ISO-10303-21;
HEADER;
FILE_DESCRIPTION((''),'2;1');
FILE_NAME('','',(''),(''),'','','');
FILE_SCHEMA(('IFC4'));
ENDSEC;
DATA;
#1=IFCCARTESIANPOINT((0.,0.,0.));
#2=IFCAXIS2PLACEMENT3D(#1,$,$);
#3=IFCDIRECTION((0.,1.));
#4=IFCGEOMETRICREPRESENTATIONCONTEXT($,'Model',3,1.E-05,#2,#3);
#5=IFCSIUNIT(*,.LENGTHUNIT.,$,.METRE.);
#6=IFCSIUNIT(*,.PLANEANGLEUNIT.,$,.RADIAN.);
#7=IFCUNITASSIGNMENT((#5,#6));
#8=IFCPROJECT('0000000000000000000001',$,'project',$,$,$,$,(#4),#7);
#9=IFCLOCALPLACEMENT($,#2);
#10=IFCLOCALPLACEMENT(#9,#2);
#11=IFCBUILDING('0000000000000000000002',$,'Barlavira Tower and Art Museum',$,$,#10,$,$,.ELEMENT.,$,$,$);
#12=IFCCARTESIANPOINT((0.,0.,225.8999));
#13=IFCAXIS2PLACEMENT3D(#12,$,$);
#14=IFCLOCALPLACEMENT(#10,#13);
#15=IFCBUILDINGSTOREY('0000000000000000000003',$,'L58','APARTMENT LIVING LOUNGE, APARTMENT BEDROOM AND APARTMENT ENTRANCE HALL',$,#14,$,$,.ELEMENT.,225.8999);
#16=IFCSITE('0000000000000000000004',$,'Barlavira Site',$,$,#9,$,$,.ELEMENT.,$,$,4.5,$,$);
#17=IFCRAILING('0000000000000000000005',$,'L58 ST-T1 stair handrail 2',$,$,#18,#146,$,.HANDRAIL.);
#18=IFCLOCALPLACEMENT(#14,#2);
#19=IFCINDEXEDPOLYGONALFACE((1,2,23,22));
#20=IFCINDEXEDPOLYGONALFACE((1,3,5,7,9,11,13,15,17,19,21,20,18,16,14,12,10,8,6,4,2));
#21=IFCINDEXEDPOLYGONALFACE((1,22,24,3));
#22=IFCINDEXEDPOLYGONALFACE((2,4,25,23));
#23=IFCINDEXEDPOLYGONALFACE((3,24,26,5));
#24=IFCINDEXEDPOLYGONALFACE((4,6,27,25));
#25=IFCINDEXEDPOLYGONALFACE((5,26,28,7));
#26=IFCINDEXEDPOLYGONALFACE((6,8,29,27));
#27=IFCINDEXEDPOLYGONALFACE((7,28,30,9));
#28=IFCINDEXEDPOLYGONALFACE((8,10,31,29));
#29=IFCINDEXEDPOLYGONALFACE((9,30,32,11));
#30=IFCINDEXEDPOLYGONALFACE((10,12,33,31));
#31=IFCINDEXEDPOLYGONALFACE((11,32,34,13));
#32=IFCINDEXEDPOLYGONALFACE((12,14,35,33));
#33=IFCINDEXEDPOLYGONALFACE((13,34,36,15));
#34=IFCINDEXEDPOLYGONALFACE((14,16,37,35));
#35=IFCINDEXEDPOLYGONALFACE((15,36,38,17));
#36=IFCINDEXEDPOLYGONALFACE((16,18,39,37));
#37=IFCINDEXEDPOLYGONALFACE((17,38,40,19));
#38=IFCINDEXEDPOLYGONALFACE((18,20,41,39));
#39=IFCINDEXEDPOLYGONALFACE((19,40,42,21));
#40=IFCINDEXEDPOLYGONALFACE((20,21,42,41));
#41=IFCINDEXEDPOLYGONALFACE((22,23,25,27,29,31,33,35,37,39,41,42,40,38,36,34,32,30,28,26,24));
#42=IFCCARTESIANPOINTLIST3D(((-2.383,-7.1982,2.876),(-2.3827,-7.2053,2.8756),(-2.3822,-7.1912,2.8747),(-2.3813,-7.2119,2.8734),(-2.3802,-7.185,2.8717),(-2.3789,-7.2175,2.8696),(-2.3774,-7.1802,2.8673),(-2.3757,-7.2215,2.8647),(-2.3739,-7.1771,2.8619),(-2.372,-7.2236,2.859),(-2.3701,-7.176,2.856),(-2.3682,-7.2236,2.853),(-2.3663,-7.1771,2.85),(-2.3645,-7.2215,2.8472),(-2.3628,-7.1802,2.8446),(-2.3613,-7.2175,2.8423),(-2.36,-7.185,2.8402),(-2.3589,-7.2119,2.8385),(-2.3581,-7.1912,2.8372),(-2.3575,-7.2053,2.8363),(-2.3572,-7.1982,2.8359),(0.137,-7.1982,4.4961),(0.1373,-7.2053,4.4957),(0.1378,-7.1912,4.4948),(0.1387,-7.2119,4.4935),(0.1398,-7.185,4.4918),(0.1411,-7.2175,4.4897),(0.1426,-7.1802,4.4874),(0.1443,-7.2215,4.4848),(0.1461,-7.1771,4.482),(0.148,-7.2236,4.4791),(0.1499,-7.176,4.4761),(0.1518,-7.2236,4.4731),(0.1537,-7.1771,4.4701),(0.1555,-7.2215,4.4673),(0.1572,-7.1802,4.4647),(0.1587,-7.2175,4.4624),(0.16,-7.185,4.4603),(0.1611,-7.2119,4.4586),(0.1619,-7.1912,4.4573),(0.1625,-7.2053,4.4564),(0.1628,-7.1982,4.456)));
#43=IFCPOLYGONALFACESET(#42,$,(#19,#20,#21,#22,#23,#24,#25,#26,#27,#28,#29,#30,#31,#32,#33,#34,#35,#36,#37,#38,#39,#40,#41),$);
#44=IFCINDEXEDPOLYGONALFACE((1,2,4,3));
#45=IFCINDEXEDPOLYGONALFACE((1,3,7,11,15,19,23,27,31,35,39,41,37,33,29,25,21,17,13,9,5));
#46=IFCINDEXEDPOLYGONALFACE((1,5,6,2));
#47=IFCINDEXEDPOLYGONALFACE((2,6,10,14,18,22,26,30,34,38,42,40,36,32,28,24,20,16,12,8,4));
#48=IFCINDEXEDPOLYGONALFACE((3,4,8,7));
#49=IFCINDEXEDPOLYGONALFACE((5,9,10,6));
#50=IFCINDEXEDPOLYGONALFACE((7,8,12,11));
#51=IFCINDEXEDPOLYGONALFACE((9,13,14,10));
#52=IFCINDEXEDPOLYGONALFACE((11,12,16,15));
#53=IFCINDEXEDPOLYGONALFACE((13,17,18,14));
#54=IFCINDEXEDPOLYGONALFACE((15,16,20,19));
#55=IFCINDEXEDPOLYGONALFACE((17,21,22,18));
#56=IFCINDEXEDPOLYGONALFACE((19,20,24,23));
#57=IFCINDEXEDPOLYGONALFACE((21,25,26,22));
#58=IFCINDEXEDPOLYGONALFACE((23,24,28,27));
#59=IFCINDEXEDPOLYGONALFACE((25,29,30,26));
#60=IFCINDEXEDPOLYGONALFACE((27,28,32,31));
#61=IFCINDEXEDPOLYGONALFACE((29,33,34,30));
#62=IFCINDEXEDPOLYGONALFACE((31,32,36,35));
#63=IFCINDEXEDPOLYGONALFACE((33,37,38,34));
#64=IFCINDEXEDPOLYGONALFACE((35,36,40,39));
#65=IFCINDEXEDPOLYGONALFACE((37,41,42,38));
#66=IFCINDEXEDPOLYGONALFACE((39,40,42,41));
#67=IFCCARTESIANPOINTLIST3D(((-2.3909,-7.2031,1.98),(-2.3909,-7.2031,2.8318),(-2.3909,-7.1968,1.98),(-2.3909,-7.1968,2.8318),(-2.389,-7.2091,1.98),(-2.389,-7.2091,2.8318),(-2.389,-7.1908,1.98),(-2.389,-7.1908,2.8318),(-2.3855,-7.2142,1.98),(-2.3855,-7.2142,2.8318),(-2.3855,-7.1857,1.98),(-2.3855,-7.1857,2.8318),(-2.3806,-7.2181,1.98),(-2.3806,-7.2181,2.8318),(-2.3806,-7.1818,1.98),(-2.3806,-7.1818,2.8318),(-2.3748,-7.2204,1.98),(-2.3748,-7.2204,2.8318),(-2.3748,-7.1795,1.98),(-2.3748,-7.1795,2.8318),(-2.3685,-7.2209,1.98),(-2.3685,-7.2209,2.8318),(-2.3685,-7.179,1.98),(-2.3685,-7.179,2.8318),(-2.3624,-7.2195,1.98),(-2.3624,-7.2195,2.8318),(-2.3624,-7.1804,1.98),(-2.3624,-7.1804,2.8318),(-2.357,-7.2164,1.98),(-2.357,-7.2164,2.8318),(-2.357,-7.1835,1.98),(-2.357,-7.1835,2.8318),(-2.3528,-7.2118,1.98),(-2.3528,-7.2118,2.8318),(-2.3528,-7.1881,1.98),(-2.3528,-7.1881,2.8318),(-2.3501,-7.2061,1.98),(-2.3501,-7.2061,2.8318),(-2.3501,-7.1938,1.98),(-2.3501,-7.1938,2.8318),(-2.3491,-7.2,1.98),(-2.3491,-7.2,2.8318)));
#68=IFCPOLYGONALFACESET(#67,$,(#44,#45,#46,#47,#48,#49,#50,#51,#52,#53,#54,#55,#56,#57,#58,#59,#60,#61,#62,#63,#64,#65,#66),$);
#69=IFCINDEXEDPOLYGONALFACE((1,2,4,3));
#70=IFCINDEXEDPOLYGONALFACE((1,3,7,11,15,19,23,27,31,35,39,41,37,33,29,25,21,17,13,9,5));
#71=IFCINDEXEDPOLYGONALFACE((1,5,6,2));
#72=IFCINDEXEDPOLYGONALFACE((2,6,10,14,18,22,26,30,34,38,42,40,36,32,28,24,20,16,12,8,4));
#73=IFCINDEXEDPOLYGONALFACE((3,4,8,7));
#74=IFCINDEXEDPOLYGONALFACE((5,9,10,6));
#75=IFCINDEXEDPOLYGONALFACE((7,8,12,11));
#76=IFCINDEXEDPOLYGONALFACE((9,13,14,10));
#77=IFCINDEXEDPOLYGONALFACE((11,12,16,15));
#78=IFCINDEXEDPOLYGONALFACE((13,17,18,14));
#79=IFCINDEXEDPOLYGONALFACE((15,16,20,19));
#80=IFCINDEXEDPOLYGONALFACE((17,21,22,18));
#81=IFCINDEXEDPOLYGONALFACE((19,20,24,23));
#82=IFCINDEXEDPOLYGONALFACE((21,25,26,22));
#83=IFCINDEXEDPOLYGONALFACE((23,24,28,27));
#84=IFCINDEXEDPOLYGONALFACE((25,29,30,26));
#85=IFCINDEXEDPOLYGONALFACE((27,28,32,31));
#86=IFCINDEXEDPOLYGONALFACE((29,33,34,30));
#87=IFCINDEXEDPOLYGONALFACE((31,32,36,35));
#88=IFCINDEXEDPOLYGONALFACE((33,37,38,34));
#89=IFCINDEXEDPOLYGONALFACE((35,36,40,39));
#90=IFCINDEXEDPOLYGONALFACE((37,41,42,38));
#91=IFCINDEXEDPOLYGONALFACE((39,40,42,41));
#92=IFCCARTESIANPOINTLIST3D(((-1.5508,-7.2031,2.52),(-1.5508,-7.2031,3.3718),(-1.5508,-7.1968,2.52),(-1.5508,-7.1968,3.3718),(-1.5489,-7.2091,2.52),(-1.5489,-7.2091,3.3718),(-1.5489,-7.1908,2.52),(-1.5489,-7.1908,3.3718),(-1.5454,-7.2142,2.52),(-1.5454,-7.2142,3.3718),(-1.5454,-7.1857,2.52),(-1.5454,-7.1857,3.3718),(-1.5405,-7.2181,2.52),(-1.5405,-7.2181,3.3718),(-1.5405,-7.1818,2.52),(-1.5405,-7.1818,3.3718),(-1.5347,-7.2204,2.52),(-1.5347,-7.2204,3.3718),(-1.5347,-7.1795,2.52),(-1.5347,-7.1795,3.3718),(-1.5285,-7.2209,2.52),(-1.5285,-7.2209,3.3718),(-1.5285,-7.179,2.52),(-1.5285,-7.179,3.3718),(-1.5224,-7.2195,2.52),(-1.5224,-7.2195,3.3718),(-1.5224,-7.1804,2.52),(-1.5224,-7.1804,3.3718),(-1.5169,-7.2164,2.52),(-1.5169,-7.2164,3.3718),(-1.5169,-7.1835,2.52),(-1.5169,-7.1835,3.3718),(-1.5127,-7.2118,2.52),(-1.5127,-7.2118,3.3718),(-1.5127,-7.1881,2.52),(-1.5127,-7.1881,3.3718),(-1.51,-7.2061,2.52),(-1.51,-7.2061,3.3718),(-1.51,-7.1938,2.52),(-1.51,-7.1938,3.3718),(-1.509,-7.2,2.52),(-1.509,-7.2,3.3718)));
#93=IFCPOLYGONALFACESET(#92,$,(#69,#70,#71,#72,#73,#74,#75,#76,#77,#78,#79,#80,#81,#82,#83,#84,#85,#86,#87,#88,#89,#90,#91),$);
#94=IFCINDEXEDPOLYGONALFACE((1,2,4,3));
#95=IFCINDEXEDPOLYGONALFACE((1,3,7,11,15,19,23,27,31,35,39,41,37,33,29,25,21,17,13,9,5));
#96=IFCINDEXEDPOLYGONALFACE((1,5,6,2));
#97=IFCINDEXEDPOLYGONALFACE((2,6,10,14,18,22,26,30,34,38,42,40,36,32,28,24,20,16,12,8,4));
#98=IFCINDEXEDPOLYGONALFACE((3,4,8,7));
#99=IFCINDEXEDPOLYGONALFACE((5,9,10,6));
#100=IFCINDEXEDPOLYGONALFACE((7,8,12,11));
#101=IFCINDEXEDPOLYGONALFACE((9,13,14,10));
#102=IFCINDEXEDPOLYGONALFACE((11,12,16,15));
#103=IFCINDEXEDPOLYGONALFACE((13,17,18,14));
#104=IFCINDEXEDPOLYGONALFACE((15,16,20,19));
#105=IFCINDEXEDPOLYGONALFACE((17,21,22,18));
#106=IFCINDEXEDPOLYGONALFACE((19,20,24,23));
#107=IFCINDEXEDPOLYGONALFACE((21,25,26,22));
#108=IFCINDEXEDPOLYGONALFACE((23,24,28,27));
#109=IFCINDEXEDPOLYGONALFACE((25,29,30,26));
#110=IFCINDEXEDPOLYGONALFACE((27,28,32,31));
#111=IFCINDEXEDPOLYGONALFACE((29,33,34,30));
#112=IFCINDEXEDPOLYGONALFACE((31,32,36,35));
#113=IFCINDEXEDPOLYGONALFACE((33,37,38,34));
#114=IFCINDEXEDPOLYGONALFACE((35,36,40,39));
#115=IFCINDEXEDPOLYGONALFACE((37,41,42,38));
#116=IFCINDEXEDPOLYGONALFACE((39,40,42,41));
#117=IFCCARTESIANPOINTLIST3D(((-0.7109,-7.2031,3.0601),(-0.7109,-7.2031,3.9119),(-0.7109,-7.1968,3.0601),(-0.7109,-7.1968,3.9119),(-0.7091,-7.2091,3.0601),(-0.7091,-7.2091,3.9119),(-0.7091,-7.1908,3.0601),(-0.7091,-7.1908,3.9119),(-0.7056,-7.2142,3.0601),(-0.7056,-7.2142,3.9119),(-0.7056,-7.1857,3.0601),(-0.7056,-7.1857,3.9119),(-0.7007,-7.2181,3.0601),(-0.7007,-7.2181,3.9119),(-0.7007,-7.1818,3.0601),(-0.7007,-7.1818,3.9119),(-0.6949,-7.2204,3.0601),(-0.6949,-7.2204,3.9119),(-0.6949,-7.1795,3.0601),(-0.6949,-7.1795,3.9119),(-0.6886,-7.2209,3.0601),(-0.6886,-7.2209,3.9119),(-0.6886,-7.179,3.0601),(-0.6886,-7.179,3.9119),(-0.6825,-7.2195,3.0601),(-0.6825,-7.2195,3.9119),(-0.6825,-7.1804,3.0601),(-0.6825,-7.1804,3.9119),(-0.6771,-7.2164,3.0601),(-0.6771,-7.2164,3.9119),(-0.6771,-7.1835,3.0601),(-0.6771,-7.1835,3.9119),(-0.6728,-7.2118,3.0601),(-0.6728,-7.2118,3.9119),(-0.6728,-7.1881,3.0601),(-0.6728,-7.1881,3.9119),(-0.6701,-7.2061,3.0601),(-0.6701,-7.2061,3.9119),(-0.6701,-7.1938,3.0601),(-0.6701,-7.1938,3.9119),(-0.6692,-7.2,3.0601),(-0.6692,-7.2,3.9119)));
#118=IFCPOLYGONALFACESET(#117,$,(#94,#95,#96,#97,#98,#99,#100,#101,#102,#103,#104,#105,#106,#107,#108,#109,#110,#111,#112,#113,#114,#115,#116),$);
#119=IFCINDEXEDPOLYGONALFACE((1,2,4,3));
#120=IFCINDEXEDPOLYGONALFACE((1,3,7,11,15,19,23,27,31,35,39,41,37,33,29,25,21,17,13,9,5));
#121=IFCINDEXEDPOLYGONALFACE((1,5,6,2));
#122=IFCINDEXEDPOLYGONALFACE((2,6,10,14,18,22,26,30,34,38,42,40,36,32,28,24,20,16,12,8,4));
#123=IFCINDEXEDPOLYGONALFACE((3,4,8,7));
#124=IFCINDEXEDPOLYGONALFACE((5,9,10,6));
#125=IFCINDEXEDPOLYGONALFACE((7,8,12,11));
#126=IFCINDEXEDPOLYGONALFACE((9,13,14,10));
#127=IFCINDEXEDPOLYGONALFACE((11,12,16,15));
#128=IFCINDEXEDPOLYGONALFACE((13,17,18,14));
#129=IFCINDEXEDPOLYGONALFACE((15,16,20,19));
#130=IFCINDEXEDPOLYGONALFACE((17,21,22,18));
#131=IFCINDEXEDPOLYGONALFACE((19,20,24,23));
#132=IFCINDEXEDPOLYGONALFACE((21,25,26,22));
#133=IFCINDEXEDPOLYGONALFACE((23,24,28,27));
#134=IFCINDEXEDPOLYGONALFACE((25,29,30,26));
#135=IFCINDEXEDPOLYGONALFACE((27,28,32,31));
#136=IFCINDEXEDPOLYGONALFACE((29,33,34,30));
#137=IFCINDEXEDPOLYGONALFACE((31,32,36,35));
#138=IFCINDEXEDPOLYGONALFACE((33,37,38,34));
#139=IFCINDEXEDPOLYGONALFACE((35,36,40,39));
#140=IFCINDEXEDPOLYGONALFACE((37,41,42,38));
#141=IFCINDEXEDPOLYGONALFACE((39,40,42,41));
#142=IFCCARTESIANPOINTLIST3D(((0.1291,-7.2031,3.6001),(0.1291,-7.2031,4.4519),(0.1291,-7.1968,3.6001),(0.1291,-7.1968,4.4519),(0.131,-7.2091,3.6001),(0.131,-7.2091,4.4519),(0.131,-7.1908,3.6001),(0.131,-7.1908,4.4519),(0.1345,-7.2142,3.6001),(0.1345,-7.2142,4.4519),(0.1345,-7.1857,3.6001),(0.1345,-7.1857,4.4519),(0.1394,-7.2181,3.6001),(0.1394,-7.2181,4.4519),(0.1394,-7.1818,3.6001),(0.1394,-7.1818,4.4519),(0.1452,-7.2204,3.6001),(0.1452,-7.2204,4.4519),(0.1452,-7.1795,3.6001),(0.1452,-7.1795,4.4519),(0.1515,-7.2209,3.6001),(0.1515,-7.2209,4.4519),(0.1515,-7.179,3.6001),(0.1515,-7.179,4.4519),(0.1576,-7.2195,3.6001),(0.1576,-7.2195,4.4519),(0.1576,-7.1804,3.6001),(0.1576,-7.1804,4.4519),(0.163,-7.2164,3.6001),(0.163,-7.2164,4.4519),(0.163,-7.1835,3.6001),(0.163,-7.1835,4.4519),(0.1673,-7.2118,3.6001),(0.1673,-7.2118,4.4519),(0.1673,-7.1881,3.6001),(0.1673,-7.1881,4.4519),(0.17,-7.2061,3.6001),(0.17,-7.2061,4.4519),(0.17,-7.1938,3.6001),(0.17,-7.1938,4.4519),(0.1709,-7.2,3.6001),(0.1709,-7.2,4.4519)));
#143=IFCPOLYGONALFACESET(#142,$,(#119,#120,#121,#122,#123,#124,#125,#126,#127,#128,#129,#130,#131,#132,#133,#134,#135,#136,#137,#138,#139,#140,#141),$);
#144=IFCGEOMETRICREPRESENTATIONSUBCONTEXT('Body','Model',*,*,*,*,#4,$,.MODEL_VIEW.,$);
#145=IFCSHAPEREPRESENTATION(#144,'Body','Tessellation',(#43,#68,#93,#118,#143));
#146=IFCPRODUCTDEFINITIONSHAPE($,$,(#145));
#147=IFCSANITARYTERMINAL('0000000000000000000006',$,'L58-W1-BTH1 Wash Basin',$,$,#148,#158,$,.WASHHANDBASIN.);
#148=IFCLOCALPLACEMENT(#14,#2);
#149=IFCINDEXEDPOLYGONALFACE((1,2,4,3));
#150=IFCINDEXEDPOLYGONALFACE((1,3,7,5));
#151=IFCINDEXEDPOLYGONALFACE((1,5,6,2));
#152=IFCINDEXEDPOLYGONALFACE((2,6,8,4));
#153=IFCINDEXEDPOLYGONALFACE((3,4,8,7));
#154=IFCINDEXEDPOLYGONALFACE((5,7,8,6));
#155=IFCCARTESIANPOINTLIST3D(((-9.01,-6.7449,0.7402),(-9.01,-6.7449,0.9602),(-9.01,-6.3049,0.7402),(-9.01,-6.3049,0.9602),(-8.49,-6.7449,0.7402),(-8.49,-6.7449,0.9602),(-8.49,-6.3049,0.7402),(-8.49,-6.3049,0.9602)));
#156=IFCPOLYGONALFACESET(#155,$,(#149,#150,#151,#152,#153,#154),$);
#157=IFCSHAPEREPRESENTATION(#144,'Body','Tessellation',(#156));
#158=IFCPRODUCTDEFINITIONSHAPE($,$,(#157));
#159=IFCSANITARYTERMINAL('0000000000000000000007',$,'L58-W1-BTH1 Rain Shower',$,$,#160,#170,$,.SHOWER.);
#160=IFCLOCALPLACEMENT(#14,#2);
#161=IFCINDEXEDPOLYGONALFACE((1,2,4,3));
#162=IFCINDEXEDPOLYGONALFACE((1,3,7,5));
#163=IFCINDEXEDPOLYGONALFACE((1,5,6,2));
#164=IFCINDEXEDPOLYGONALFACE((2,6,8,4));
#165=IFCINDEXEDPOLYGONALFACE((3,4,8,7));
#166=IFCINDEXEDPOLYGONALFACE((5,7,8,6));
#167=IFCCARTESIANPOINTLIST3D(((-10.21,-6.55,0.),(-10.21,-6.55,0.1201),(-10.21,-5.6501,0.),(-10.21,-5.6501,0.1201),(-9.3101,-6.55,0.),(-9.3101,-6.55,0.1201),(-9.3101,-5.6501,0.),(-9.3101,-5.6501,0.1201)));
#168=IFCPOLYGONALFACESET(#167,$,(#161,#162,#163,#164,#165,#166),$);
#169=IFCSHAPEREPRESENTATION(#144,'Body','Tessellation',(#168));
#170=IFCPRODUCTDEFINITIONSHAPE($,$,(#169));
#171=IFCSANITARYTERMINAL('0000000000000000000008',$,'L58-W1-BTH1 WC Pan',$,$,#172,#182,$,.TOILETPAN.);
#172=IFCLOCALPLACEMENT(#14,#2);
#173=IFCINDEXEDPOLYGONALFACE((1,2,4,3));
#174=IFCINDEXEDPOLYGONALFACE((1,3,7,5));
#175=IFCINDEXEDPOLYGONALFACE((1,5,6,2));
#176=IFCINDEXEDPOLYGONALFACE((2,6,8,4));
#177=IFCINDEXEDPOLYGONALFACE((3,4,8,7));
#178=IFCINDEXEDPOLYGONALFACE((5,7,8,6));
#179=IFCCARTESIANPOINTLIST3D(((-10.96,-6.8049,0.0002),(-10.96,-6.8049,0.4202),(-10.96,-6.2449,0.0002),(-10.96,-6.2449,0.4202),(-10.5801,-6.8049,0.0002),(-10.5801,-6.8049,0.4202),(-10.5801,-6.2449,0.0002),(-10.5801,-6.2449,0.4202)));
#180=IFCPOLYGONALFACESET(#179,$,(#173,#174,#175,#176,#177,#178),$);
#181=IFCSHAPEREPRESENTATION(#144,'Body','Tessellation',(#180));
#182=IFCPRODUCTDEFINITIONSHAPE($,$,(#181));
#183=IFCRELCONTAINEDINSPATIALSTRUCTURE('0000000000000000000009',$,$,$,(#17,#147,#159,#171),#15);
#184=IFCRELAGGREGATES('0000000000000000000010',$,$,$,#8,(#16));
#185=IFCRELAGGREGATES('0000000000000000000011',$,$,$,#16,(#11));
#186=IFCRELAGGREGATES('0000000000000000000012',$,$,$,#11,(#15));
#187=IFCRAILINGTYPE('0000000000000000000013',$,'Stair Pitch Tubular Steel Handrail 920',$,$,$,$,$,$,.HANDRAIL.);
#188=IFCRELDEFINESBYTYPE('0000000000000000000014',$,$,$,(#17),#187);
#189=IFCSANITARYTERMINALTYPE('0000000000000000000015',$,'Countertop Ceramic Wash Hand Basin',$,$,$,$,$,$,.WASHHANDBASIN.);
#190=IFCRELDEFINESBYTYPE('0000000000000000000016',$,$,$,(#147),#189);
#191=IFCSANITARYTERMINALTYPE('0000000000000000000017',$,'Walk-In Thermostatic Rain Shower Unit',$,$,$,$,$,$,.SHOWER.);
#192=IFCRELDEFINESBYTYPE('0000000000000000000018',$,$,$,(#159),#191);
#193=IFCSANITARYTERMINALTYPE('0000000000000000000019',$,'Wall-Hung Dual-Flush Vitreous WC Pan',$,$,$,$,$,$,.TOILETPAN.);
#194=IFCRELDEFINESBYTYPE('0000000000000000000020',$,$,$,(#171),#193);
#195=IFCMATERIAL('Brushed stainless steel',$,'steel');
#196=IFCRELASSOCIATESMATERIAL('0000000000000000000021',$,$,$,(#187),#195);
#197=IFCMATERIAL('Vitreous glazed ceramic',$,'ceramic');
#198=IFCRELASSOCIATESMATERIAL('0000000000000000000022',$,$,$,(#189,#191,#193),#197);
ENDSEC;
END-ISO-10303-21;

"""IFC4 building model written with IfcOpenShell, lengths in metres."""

from ifc_helpers import new_model, si_unit, direction, frame, origin, origin_2d, place, context, subcontext, project, spatial, rectangle, circle, extrude, material, type_object, element, save


model = new_model("IFC4")

# Units and contexts
model_context = context("Model", 3, precision=1e-05, world=origin(), true_north=direction((0.0, 1.0)))
body_context = subcontext(model_context, "Body", "Model", "MODEL_VIEW")
ifc_project = project(units=[si_unit("LENGTHUNIT", "METRE"), si_unit("PLANEANGLEUNIT", "RADIAN")], contexts=[model_context])

# Site, building, storey
site_placement = place(None, origin())
site = spatial("IfcSite", under=ifc_project, at=site_placement, Name="Barlavira Site", CompositionType="ELEMENT", RefElevation=4.5)
building_placement = place(site_placement, origin())
building = spatial("IfcBuilding", under=site, at=building_placement, Name="Barlavira Tower and Art Museum", CompositionType="ELEMENT")
storey_placement = place(building_placement, frame((0.0, 0.0, 225.8999)))
storey = spatial("IfcBuildingStorey", under=building, at=storey_placement, Name="L58", Description="APARTMENT LIVING LOUNGE, APARTMENT BEDROOM AND APARTMENT ENTRANCE HALL", CompositionType="ELEMENT", Elevation=225.8999)

# Shared definitions
ifc_material_1 = material(Name="Brushed stainless steel", Category="steel")

# Railing
railing_type_1 = type_object("IfcRailingType", Name="Stair Pitch Tubular Steel Handrail 920", PredefinedType="HANDRAIL", material=ifc_material_1)
railing_1_placement = place(storey_placement, frame((-2.3701, -7.2, 1.98)))
element("IfcRailing", 1, at=railing_1_placement, inside=storey, type_object=railing_type_1, Name="L58 ST-T1 stair handrail 2", PredefinedType="HANDRAIL", context=body_context, shape_type="SweptSolid", body=[
    extrude(circle(Radius=0.0239, at=origin_2d()), frame((0.0, 0.0, 0.876), z_axis=(0.841163, 0.0, 0.540782), x_axis=(0.0, 1.0, 0.0)), (0.0, 0.0, 1.0), 2.9958),
    extrude(circle(Radius=0.021, at=origin_2d()), origin(), (0.0, 0.0, 1.0), 0.8518),
    extrude(circle(Radius=0.021, at=origin_2d()), frame((0.8401, 0.0, 0.54)), (0.0, 0.0, 1.0), 0.8518),
    extrude(circle(Radius=0.021, at=origin_2d()), frame((1.6799, 0.0, 1.0801)), (0.0, 0.0, 1.0), 0.8518),
    extrude(circle(Radius=0.021, at=origin_2d()), frame((2.52, 0.0, 1.6201)), (0.0, 0.0, 1.0), 0.8518),
])

# Sanitary terminals
ifc_material_2 = material(Name="Vitreous glazed ceramic", Category="ceramic")
sanitary_terminal_type_1 = type_object("IfcSanitaryTerminalType", Name="Countertop Ceramic Wash Hand Basin", PredefinedType="WASHHANDBASIN", material=ifc_material_2)
sanitary_terminal_1_placement = place(storey_placement, frame((-8.75, -6.5249, 0.7402), z_axis=(0.0, 0.0, 1.0), x_axis=(1.0, 0.0, 0.0)))
element("IfcSanitaryTerminal", 2, at=sanitary_terminal_1_placement, inside=storey, type_object=sanitary_terminal_type_1, Name="L58-W1-BTH1 Wash Basin", PredefinedType="WASHHANDBASIN", context=body_context, shape_type="SweptSolid", body=[
    extrude(rectangle(XDim=0.52, YDim=0.4399, at=origin_2d()), origin(), (0.0, 0.0, 1.0), 0.22),
])
sanitary_terminal_type_2 = type_object("IfcSanitaryTerminalType", Name="Walk-In Thermostatic Rain Shower Unit", PredefinedType="SHOWER", material=ifc_material_2)
sanitary_terminal_2_placement = place(storey_placement, frame((-9.76, -6.1001, 0.0), z_axis=(0.0, 0.0, 1.0), x_axis=(1.0, 0.0, 0.0)))
element("IfcSanitaryTerminal", 3, at=sanitary_terminal_2_placement, inside=storey, type_object=sanitary_terminal_type_2, Name="L58-W1-BTH1 Rain Shower", PredefinedType="SHOWER", context=body_context, shape_type="SweptSolid", body=[
    extrude(rectangle(XDim=0.8999, YDim=0.8999, at=origin_2d()), origin(), (0.0, 0.0, 1.0), 0.1201),
])
sanitary_terminal_type_3 = type_object("IfcSanitaryTerminalType", Name="Wall-Hung Dual-Flush Vitreous WC Pan", PredefinedType="TOILETPAN", material=ifc_material_2)
sanitary_terminal_3_placement = place(storey_placement, frame((-10.77, -6.5249, 0.0002), z_axis=(0.0, 0.0, 1.0), x_axis=(1.0, 0.0, 0.0)))
element("IfcSanitaryTerminal", 4, at=sanitary_terminal_3_placement, inside=storey, type_object=sanitary_terminal_type_3, Name="L58-W1-BTH1 WC Pan", PredefinedType="TOILETPAN", context=body_context, shape_type="SweptSolid", body=[
    extrude(rectangle(XDim=0.3799, YDim=0.5601, at=origin_2d()), origin(), (0.0, 0.0, 1.0), 0.4199),
])

save(model, "model.ifc")
